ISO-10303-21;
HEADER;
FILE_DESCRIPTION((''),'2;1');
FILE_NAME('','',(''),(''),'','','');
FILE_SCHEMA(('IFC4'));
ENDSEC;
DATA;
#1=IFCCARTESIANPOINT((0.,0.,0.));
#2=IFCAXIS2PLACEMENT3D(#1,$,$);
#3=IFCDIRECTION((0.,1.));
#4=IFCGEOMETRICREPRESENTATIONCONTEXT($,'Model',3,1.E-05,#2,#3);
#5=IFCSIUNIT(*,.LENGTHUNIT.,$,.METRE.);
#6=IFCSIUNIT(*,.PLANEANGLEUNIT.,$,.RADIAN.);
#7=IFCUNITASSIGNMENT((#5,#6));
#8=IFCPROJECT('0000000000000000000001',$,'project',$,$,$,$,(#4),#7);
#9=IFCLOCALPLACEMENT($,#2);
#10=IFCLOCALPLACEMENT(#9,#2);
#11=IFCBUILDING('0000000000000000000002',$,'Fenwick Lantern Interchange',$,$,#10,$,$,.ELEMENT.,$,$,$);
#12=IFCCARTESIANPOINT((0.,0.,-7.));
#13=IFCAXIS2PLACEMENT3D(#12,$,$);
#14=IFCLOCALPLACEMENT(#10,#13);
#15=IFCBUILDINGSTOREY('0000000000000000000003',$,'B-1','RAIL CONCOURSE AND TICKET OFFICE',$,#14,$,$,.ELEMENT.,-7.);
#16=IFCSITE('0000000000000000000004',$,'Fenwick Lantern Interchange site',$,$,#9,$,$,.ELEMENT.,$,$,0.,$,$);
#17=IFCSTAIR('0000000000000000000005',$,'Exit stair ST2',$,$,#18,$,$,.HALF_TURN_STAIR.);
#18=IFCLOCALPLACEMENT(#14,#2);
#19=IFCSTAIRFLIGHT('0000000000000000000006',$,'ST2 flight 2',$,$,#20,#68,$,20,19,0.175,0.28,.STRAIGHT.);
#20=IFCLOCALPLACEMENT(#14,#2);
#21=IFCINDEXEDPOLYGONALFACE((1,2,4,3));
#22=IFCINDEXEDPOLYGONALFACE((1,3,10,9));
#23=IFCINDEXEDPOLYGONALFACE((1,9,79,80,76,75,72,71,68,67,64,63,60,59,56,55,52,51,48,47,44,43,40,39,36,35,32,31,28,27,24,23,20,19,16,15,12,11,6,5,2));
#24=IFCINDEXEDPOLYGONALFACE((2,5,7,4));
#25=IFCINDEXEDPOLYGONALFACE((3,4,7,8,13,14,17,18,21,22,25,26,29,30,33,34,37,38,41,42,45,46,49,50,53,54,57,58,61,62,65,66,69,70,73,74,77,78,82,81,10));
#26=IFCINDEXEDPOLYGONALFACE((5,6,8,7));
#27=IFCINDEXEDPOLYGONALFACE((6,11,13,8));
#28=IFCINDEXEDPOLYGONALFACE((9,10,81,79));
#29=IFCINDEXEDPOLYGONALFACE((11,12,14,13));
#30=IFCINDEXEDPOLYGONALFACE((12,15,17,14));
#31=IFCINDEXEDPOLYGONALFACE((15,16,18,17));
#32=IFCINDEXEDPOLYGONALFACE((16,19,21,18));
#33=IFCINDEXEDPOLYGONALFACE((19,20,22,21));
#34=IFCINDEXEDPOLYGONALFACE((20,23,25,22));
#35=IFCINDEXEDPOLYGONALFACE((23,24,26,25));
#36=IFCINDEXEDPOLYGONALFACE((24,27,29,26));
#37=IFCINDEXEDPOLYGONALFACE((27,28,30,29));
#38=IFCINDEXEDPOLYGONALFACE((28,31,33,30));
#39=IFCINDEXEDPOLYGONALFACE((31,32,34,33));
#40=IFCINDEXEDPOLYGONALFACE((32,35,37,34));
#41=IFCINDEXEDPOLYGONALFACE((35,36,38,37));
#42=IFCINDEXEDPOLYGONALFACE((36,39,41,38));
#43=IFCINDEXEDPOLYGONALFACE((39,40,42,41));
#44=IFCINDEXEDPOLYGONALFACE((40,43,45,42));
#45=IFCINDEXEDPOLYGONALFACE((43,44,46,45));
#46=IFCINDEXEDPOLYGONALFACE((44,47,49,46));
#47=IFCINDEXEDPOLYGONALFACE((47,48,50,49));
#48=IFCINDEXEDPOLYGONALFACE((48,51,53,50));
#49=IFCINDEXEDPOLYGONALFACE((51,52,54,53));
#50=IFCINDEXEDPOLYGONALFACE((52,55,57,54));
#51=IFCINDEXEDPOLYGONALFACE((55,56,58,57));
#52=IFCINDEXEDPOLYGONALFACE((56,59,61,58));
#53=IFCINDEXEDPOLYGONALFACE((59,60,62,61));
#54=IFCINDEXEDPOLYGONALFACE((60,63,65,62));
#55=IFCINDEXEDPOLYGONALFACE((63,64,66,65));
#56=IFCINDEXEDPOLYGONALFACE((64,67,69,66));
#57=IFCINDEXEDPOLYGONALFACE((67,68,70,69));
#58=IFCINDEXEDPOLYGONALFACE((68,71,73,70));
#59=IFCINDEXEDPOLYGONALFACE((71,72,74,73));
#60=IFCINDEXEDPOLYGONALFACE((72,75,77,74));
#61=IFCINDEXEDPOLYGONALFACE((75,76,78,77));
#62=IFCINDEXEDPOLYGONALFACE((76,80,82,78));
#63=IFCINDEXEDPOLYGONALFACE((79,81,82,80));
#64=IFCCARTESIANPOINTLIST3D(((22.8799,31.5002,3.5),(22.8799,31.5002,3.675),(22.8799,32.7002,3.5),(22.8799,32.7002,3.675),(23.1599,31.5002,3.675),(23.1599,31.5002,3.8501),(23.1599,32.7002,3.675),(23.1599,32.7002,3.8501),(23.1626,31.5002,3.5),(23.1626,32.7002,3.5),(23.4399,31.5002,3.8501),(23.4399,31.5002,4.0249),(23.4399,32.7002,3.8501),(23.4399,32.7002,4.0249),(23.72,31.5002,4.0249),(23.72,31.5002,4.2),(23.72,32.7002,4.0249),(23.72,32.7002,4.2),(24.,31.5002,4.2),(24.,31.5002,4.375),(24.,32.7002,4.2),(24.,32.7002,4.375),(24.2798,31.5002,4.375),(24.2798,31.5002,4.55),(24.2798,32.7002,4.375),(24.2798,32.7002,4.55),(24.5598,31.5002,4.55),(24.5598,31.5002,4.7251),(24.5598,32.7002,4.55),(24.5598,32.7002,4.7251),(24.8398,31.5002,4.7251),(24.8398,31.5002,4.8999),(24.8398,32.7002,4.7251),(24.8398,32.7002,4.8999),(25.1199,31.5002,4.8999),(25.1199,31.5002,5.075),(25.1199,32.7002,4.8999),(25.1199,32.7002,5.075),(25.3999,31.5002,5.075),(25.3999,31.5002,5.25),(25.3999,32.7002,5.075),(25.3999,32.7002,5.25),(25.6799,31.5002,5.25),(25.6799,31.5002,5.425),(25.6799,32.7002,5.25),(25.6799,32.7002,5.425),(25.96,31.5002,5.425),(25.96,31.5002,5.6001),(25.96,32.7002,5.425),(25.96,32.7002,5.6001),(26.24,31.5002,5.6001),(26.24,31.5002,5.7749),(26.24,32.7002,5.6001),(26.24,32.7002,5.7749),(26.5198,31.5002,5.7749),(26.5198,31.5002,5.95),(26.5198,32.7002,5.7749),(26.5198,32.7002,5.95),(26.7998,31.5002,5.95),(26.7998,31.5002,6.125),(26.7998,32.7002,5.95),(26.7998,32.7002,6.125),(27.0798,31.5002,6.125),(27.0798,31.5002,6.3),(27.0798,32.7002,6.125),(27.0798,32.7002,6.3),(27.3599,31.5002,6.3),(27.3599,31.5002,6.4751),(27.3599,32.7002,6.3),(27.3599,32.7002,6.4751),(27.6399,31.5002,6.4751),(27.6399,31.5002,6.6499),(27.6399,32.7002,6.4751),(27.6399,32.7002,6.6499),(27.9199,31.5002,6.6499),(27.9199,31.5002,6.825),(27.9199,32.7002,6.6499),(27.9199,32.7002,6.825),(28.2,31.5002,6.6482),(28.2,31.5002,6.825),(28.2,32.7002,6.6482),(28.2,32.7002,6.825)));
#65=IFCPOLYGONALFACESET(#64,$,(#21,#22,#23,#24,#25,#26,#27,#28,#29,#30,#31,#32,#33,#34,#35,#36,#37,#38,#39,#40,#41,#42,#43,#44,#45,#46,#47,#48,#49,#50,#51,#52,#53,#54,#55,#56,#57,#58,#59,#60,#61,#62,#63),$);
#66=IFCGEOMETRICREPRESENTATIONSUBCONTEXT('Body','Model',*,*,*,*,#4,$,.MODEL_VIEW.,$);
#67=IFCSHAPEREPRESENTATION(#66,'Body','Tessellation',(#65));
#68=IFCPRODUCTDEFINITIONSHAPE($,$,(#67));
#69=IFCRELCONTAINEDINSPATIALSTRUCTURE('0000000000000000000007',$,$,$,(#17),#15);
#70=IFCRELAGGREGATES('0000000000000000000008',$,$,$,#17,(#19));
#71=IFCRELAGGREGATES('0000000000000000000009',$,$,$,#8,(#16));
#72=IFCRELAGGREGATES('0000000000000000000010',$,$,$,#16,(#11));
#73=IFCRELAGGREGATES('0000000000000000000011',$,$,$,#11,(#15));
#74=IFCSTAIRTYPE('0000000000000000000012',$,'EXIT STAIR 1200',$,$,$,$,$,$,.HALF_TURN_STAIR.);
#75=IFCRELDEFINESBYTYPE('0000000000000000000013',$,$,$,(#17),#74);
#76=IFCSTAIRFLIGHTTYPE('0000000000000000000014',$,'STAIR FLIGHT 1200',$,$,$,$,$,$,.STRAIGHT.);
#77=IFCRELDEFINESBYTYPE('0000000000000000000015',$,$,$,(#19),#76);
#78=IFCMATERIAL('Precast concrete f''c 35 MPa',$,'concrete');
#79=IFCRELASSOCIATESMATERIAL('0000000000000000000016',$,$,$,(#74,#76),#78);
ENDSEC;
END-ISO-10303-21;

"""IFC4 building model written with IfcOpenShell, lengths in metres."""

from ifc_helpers import new_model, si_unit, direction, frame, origin, place, context, subcontext, project, spatial, polyline, outline, extrude, material, type_object, element, aggregate, save


model = new_model("IFC4")

# Units and contexts
model_context = context("Model", 3, precision=1e-05, world=origin(), true_north=direction((0.0, 1.0)))
body_context = subcontext(model_context, "Body", "Model", "MODEL_VIEW")
ifc_project = project(units=[si_unit("LENGTHUNIT", "METRE"), si_unit("PLANEANGLEUNIT", "RADIAN")], contexts=[model_context])

# Site, building, storey
site_placement = place(None, origin())
site = spatial("IfcSite", under=ifc_project, at=site_placement, Name="Fenwick Lantern Interchange site", CompositionType="ELEMENT", RefElevation=0.0)
building_placement = place(site_placement, origin())
building = spatial("IfcBuilding", under=site, at=building_placement, Name="Fenwick Lantern Interchange", CompositionType="ELEMENT")
storey_placement = place(building_placement, frame((0.0, 0.0, -7.0)))
storey = spatial("IfcBuildingStorey", under=building, at=storey_placement, Name="B-1", Description="RAIL CONCOURSE AND TICKET OFFICE", CompositionType="ELEMENT", Elevation=-7.0)

# Stair, stair flight
ifc_material_1 = material(Name="Precast concrete f'c 35 MPa", Category="concrete")
stair_type = type_object("IfcStairType", Name="EXIT STAIR 1200", PredefinedType="HALF_TURN_STAIR", material=ifc_material_1)
stair_placement = place(storey_placement, origin())
stair = element("IfcStair", 1, at=stair_placement, inside=storey, type_object=stair_type, Name="Exit stair ST2", PredefinedType="HALF_TURN_STAIR")
stair_flight_type = type_object("IfcStairFlightType", Name="STAIR FLIGHT 1200", PredefinedType="STRAIGHT", material=ifc_material_1)
stair_flight_placement = place(storey_placement, frame((22.8799, 32.1001, 3.5), z_axis=(0.0, 0.0, 1.0), x_axis=(1.0, 0.0, 0.0)))
stair_flight = element("IfcStairFlight", 2, at=stair_flight_placement, type_object=stair_flight_type, Name="ST2 flight 2", NumberOfRisers=20, NumberOfTreads=19, PredefinedType="STRAIGHT", RiserHeight=0.175, TreadLength=0.28, context=body_context, shape_type="SweptSolid", body=[
    extrude(outline(polyline([(0.0, 0.0), (0.0, 0.175), (0.28, 0.175), (0.28, 0.3501), (0.5601, 0.3501), (0.5601, 0.5249), (0.8401, 0.5249), (0.8401, 0.7), (1.1201, 0.7), (1.1201, 0.875), (1.3999, 0.875), (1.3999, 1.05), (1.6799, 1.05), (1.6799, 1.2251), (1.96, 1.2251), (1.96, 1.3999), (2.24, 1.3999), (2.24, 1.575), (2.52, 1.575), (2.52, 1.75), (2.8, 1.75), (2.8, 1.925), (3.0801, 1.925), (3.0801, 2.1001), (3.3601, 2.1001), (3.3601, 2.2749), (3.6399, 2.2749), (3.6399, 2.45), (3.9199, 2.45), (3.9199, 2.625), (4.2, 2.625), (4.2, 2.8), (4.48, 2.8), (4.48, 2.9751), (4.76, 2.9751), (4.76, 3.1499), (5.04, 3.1499), (5.04, 3.325), (5.3201, 3.325), (5.3201, 3.5), (5.3201, 3.1482), (0.2827, 0.0), (0.0, 0.0)])), frame((0.0, 0.6001, 0.0), z_axis=(0.0, -1.0, 0.0), x_axis=(1.0, 0.0, 0.0)), (0.0, 0.0, 1.0), 1.2),
])
aggregate(stair, [stair_flight])

save(model, "model.ifc")
